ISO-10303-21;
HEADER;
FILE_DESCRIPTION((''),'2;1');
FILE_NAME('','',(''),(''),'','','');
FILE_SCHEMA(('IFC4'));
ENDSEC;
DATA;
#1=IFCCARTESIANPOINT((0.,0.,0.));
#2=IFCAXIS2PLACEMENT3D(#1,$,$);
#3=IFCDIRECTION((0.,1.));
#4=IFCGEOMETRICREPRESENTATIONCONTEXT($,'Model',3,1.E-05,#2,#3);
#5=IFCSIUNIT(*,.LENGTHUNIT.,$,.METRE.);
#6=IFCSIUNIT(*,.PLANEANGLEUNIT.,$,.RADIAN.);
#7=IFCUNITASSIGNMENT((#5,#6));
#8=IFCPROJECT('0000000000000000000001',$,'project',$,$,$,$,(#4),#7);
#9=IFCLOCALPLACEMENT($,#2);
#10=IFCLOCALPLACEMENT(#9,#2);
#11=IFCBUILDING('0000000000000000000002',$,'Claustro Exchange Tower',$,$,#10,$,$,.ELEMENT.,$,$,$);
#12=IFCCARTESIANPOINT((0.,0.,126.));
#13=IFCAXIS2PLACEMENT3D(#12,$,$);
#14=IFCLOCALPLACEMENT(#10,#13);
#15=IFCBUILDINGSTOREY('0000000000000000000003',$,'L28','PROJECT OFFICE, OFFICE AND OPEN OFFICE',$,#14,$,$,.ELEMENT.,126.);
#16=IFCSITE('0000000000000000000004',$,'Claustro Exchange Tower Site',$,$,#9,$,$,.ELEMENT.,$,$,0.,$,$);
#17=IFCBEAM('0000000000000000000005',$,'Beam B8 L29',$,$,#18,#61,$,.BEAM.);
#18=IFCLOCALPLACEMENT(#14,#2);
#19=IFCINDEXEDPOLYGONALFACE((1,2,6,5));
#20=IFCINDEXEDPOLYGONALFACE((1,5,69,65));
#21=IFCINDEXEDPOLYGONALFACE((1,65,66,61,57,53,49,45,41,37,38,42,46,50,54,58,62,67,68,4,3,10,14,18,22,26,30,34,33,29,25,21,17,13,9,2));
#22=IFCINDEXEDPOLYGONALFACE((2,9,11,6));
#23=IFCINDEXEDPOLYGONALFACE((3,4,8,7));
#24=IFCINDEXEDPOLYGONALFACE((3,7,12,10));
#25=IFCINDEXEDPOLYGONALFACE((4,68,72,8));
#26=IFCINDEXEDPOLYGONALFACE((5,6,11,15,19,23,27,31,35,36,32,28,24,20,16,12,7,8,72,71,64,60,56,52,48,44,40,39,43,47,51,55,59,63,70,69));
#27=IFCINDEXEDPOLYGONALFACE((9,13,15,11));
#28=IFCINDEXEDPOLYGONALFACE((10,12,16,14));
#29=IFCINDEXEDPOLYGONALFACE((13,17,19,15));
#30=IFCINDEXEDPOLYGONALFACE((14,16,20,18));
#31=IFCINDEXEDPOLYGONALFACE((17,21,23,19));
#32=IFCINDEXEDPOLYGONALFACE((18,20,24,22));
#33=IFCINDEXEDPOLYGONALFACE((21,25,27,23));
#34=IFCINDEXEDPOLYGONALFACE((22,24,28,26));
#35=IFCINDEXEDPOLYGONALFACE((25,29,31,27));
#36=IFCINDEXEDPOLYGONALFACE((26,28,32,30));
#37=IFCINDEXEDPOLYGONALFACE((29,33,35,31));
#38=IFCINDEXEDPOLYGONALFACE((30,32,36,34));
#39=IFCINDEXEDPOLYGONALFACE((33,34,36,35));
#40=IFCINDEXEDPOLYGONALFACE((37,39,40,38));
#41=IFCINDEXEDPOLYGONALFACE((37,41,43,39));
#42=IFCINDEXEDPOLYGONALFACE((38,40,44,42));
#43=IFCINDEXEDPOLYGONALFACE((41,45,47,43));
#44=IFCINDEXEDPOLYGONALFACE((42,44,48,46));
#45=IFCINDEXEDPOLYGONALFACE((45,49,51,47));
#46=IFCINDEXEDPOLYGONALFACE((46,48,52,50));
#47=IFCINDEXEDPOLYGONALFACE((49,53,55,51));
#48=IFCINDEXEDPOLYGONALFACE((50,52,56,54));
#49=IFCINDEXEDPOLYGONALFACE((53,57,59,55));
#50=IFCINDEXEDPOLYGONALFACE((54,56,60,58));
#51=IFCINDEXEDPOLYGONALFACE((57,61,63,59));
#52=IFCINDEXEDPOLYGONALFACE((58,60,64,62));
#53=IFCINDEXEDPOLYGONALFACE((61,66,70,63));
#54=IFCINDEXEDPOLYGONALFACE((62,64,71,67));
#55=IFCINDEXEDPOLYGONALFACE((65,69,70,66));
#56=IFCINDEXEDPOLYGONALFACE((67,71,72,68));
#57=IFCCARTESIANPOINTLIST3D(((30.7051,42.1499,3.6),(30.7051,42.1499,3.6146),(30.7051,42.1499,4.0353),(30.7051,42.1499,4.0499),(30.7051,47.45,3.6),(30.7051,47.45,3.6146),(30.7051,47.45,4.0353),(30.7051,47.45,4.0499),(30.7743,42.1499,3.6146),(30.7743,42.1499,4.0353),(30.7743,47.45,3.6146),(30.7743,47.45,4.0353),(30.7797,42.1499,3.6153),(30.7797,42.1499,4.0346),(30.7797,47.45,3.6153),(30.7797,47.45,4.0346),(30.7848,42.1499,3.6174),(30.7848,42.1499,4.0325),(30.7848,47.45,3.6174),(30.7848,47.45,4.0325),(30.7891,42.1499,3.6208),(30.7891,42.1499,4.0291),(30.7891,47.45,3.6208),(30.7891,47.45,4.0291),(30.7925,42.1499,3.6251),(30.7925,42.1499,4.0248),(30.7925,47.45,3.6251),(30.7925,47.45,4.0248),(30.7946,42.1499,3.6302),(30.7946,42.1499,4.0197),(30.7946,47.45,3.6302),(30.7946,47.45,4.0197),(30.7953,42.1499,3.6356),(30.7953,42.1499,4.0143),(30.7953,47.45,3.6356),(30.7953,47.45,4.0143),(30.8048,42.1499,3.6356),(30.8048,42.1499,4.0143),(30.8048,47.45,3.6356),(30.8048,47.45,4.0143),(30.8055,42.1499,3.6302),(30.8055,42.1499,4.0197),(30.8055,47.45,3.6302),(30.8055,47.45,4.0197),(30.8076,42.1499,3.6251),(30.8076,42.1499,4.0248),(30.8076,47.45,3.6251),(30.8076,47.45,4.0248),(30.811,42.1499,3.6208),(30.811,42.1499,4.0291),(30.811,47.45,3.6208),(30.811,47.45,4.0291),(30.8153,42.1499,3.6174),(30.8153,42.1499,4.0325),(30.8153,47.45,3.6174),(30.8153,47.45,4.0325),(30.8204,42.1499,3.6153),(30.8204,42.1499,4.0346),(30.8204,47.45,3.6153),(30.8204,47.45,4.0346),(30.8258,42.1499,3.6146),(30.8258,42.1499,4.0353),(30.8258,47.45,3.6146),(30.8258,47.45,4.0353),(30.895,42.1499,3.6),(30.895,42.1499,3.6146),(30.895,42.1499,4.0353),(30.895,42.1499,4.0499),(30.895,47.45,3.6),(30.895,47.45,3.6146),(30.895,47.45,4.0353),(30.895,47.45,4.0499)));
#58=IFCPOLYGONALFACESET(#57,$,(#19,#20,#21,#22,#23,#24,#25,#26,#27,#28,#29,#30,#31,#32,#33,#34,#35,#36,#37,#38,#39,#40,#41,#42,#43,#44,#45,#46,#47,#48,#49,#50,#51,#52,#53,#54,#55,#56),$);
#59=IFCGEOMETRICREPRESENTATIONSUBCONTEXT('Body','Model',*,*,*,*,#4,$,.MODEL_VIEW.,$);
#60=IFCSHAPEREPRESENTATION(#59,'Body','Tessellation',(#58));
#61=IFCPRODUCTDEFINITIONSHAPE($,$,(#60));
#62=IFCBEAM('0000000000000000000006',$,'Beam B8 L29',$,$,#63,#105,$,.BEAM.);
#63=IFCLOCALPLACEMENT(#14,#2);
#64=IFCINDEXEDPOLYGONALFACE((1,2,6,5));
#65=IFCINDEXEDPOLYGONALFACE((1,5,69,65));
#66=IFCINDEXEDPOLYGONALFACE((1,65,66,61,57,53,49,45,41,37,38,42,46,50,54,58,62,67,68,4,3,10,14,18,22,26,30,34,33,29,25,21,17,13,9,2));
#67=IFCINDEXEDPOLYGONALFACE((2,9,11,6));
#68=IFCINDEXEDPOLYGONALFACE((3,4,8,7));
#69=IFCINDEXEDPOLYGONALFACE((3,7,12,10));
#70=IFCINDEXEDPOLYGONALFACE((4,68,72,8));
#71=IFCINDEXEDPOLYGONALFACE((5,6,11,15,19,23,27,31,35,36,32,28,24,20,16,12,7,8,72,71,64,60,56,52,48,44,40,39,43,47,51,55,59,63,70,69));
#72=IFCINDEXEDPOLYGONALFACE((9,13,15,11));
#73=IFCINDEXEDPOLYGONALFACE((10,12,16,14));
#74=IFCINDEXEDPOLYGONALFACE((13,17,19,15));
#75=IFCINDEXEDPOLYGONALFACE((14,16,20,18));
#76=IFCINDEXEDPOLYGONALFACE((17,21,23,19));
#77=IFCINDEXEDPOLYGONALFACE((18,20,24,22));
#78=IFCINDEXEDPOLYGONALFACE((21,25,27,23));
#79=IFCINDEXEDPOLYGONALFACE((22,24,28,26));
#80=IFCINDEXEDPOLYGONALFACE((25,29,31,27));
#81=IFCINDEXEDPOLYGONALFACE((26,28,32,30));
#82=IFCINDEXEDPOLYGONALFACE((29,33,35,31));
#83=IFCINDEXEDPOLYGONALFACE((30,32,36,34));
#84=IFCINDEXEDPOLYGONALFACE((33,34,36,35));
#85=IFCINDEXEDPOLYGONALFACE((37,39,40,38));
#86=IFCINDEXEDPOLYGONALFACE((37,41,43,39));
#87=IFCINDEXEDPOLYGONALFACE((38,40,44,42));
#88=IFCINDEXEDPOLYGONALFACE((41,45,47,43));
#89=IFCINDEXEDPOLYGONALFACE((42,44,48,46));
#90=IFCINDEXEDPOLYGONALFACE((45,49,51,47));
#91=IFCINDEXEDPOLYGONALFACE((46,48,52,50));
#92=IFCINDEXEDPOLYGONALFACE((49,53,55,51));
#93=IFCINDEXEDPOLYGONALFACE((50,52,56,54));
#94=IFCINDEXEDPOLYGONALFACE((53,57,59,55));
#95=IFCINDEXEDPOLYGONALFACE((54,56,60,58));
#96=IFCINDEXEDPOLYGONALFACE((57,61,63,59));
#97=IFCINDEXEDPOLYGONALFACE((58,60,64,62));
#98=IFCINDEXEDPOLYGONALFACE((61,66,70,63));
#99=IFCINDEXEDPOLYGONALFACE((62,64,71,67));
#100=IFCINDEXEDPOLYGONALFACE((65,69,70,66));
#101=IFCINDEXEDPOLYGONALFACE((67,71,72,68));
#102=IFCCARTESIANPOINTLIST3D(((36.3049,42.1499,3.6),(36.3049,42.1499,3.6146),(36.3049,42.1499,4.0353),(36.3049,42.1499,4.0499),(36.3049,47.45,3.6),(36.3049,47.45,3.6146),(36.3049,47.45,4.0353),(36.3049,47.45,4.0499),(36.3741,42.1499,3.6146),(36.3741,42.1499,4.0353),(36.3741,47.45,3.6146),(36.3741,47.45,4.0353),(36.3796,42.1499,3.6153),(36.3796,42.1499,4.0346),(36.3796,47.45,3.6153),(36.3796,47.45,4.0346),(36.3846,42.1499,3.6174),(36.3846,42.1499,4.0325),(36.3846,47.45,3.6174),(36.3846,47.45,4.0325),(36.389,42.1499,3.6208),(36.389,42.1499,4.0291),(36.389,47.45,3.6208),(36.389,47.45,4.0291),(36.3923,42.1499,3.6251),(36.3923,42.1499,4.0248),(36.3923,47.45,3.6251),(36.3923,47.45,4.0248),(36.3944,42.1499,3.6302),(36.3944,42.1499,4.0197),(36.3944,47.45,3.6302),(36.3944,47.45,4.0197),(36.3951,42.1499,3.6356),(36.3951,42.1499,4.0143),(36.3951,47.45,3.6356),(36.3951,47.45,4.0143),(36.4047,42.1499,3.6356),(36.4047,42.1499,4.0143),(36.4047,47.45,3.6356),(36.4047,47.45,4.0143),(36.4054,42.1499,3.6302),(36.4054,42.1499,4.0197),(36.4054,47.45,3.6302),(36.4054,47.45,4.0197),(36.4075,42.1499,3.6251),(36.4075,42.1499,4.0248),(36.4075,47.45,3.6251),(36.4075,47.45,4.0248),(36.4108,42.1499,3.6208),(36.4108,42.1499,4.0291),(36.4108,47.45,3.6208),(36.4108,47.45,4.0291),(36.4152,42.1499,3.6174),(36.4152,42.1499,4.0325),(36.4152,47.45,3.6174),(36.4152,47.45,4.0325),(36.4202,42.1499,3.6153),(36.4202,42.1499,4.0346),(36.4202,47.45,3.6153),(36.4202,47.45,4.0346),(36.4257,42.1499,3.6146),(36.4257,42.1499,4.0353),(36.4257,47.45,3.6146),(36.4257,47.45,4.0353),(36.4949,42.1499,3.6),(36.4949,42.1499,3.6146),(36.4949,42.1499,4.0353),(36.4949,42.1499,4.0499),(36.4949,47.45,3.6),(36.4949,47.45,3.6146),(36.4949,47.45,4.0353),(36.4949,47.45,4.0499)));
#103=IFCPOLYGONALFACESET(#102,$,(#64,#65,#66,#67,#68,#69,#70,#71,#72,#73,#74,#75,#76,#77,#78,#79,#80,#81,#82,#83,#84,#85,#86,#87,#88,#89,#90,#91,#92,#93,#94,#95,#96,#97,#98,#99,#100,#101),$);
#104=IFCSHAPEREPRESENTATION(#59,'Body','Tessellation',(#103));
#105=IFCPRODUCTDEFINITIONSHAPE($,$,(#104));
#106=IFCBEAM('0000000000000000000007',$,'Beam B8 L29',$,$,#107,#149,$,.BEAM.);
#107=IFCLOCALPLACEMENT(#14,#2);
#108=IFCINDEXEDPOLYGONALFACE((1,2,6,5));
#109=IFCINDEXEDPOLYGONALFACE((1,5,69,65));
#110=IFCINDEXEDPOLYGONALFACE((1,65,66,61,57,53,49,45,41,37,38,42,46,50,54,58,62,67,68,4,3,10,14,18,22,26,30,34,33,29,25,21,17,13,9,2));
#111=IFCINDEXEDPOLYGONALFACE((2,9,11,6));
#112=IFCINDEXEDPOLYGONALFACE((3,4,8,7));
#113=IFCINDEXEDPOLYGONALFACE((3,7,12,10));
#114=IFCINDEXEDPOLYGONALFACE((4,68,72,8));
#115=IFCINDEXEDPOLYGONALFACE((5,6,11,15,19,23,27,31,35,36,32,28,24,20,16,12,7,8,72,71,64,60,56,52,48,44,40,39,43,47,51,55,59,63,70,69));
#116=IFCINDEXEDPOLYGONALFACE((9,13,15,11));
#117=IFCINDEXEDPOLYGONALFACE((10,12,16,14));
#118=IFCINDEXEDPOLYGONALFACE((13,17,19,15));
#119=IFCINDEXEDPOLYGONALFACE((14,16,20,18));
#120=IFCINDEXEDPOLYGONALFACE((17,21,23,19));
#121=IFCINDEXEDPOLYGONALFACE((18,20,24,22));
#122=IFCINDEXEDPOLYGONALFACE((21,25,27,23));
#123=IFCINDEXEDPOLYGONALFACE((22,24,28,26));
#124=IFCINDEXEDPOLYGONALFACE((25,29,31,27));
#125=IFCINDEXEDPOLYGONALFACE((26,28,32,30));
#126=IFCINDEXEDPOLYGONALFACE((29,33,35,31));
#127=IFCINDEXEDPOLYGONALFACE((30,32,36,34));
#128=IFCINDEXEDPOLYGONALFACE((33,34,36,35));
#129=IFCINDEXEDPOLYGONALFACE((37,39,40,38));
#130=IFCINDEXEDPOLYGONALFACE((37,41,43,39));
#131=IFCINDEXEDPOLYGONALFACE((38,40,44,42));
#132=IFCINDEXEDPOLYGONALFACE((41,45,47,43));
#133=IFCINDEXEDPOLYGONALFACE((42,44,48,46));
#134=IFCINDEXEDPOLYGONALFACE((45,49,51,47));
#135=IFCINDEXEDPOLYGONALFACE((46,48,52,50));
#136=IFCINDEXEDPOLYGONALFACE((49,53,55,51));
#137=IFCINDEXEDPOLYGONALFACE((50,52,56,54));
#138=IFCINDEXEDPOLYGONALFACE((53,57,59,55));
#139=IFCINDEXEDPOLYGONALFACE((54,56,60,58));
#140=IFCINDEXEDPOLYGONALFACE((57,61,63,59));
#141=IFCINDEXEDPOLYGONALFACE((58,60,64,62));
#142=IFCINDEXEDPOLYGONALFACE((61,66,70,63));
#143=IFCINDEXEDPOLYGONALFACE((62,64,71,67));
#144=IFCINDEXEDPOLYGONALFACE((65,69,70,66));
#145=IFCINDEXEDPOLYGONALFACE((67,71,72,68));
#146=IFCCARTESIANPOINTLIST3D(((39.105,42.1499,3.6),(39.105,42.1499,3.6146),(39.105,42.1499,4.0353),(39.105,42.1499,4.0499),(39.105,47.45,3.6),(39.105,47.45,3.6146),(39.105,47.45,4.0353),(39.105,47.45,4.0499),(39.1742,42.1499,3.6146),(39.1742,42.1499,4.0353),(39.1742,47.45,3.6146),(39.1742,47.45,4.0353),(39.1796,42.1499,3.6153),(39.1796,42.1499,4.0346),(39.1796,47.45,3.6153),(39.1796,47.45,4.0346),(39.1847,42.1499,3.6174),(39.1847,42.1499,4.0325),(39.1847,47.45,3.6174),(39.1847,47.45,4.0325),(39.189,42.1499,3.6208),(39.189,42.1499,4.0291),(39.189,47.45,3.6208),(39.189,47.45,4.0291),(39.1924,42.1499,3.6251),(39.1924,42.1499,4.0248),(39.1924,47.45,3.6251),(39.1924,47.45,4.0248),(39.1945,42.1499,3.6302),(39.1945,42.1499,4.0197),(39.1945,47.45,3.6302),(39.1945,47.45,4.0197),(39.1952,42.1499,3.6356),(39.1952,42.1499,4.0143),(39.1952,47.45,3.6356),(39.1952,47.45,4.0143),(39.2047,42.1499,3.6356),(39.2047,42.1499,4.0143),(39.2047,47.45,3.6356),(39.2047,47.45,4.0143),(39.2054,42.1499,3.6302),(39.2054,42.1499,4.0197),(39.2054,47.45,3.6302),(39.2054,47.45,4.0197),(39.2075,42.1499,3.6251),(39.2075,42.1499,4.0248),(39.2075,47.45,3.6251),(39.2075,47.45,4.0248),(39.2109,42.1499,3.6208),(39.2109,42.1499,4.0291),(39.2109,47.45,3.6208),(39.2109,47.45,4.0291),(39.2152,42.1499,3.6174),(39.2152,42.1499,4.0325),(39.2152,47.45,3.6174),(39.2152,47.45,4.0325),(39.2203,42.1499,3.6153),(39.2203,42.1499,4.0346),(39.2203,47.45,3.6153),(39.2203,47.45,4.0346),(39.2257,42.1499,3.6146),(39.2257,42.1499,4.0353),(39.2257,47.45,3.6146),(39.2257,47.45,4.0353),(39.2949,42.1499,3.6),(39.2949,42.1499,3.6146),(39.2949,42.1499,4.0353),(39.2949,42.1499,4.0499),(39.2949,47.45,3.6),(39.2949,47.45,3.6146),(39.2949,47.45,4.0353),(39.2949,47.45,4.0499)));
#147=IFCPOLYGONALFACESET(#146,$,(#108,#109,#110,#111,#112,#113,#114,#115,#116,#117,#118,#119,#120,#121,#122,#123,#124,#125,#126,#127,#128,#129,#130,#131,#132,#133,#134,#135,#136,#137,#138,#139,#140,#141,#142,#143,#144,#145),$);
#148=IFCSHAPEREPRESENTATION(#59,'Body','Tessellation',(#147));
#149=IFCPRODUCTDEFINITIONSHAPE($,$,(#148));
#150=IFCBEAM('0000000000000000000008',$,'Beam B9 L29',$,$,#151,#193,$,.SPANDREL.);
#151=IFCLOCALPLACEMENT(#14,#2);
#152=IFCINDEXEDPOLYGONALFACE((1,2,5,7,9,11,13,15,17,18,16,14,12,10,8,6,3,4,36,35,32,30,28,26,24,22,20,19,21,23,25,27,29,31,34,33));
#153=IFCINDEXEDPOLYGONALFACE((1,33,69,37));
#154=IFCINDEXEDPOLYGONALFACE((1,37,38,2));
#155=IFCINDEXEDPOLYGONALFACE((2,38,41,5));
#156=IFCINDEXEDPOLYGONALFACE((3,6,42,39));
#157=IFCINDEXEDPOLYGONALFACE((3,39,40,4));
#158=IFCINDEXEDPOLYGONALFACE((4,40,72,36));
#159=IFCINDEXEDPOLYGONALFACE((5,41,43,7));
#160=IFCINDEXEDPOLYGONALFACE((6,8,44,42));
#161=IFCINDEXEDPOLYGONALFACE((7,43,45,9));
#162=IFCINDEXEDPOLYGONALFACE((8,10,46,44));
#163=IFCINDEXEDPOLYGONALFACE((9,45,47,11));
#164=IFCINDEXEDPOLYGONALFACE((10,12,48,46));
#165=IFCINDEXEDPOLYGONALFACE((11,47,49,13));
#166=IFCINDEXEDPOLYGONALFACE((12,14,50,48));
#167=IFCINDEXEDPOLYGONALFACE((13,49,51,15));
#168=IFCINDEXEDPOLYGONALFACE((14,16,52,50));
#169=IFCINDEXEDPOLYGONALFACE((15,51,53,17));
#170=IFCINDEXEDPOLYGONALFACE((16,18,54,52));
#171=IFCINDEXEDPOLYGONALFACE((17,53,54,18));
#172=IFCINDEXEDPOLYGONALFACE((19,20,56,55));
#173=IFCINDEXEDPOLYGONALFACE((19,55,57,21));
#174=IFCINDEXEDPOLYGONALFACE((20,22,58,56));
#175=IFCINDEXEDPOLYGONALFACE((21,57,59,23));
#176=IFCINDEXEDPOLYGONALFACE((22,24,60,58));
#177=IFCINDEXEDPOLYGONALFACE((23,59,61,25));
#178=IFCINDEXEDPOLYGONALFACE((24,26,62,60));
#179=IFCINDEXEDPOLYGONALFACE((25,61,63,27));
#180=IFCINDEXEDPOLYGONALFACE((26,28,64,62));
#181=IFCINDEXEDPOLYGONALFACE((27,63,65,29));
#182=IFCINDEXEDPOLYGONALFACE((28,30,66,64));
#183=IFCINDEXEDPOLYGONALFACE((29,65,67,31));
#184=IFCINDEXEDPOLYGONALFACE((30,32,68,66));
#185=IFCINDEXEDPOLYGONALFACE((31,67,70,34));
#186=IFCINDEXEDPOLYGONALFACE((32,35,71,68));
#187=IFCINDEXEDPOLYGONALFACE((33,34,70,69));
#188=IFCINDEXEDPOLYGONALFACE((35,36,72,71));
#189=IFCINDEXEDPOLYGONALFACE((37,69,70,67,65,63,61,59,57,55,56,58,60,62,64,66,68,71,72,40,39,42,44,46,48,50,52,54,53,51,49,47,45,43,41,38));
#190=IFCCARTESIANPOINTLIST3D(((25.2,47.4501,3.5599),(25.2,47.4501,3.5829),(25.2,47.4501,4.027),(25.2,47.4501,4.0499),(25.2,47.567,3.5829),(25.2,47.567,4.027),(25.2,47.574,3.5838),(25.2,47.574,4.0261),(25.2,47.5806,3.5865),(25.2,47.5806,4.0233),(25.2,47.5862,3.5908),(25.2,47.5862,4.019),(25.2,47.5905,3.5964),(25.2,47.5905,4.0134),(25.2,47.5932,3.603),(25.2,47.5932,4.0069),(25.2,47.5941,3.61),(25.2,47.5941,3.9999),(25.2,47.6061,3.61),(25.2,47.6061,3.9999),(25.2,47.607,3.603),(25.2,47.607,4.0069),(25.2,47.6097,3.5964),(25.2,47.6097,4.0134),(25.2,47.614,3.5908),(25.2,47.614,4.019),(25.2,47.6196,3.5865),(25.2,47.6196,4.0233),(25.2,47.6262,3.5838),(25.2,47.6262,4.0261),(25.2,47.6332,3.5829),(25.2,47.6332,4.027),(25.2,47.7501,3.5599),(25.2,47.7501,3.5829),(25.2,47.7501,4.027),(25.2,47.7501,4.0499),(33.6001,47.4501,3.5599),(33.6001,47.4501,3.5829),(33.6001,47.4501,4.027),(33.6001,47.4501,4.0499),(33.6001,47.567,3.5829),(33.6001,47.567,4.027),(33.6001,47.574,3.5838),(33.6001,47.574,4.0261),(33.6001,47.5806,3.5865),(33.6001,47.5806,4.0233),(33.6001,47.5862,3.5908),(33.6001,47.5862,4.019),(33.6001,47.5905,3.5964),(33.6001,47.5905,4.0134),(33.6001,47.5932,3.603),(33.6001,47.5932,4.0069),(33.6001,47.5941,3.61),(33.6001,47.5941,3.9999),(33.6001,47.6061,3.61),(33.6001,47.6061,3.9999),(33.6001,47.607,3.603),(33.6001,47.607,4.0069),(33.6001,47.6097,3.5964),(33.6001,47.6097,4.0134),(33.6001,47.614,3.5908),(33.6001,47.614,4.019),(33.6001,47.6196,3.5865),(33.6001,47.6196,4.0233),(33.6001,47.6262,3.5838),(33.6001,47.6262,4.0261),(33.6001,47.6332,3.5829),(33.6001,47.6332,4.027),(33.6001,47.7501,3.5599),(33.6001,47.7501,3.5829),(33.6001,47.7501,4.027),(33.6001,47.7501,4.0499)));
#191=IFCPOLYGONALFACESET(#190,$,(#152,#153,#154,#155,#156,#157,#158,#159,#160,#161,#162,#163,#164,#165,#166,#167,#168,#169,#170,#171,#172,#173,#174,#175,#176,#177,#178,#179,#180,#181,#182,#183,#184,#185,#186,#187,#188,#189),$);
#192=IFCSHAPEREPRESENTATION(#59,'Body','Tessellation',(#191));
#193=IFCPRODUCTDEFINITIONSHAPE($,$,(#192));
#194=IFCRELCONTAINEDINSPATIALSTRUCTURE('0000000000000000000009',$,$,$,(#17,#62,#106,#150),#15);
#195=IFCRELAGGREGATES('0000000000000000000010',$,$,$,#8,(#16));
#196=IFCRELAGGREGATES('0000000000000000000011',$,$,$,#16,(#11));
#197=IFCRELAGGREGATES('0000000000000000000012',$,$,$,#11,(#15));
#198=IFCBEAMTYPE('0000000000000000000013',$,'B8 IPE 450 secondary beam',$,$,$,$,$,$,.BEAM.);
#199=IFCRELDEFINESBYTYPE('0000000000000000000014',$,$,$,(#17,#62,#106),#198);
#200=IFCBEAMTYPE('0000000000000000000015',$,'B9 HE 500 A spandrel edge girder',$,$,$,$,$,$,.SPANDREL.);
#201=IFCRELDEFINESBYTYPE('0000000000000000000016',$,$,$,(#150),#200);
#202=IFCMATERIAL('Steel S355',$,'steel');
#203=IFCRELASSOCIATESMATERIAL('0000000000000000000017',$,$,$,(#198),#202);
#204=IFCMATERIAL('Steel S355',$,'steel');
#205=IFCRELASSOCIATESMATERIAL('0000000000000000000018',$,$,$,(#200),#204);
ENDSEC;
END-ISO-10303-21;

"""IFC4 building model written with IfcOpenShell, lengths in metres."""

from ifc_helpers import new_model, si_unit, direction, frame, origin, origin_2d, place, context, subcontext, project, spatial, i_section, extrude, material, material_profile, profile_set, type_object, element, save


model = new_model("IFC4")

# Units and contexts
model_context = context("Model", 3, precision=1e-05, world=origin(), true_north=direction((0.0, 1.0)))
body_context = subcontext(model_context, "Body", "Model", "MODEL_VIEW")
ifc_project = project(units=[si_unit("LENGTHUNIT", "METRE"), si_unit("PLANEANGLEUNIT", "RADIAN")], contexts=[model_context])

# Site, building, storey
site_placement = place(None, origin())
site = spatial("IfcSite", under=ifc_project, at=site_placement, Name="Claustro Exchange Tower Site", CompositionType="ELEMENT", RefElevation=0.0)
building_placement = place(site_placement, origin())
building = spatial("IfcBuilding", under=site, at=building_placement, Name="Claustro Exchange Tower", CompositionType="ELEMENT")
storey_placement = place(building_placement, frame((0.0, 0.0, 126.0)))
storey = spatial("IfcBuildingStorey", under=building, at=storey_placement, Name="L28", Description="PROJECT OFFICE, OFFICE AND OPEN OFFICE", CompositionType="ELEMENT", Elevation=126.0)

# Beams
ifc_material_1 = material(Name="Steel S355", Category="steel")
ifc_material_profile_1 = material_profile(ifc_material_1, i_section(OverallWidth=0.1899, OverallDepth=0.45, WebThickness=0.0095, FlangeThickness=0.0146, FilletRadius=0.021, at=origin_2d()), Name="IPE 450")
ifc_profile_set_1 = profile_set([ifc_material_profile_1], Name="Steel S355")
beam_type_1 = type_object("IfcBeamType", Name="B8 IPE 450 secondary beam", PredefinedType="BEAM", material=ifc_profile_set_1)
for number, where, z_axis, x_axis, name in (
    (1, (30.8, 42.1499, 3.825), (0.0, 1.0, 0.0), (-1.0, 0.0, 0.0), "Beam B8 L29"),
    (2, (36.3999, 42.1499, 3.825), (0.0, 1.0, 0.0), (-1.0, 0.0, 0.0), "Beam B8 L29"),
    (3, (39.2, 42.1499, 3.825), (0.0, 1.0, 0.0), (-1.0, 0.0, 0.0), "Beam B8 L29"),
):
    element("IfcBeam", number, at=place(storey_placement, frame(where, z_axis=z_axis, x_axis=x_axis)), inside=storey, type_object=beam_type_1, Name=name, PredefinedType="BEAM", context=body_context, shape_type="SweptSolid", body=[
        extrude(i_section(OverallWidth=0.1899, OverallDepth=0.45, WebThickness=0.0095, FlangeThickness=0.0146, FilletRadius=0.021, at=origin_2d()), origin(), (0.0, 0.0, 1.0), 5.3),
    ])
ifc_material_2 = material(Name="Steel S355", Category="steel")
ifc_material_profile_2 = material_profile(ifc_material_2, i_section(OverallWidth=0.3, OverallDepth=0.49, WebThickness=0.012, FlangeThickness=0.0229, FilletRadius=0.0271, at=origin_2d()), Name="HE 500 A")
ifc_profile_set_2 = profile_set([ifc_material_profile_2], Name="Steel S355")
beam_type_2 = type_object("IfcBeamType", Name="B9 HE 500 A spandrel edge girder", PredefinedType="SPANDREL", material=ifc_profile_set_2)
beam_1_placement = place(storey_placement, frame((25.2, 47.6001, 3.8049), z_axis=(1.0, 0.0, 0.0), x_axis=(0.0, 1.0, 0.0)))
element("IfcBeam", 4, at=beam_1_placement, inside=storey, type_object=beam_type_2, Name="Beam B9 L29", PredefinedType="SPANDREL", context=body_context, shape_type="SweptSolid", body=[
    extrude(i_section(OverallWidth=0.3, OverallDepth=0.49, WebThickness=0.012, FlangeThickness=0.0229, FilletRadius=0.0271, at=origin_2d()), origin(), (0.0, 0.0, 1.0), 8.4001),
])

save(model, "model.ifc")
